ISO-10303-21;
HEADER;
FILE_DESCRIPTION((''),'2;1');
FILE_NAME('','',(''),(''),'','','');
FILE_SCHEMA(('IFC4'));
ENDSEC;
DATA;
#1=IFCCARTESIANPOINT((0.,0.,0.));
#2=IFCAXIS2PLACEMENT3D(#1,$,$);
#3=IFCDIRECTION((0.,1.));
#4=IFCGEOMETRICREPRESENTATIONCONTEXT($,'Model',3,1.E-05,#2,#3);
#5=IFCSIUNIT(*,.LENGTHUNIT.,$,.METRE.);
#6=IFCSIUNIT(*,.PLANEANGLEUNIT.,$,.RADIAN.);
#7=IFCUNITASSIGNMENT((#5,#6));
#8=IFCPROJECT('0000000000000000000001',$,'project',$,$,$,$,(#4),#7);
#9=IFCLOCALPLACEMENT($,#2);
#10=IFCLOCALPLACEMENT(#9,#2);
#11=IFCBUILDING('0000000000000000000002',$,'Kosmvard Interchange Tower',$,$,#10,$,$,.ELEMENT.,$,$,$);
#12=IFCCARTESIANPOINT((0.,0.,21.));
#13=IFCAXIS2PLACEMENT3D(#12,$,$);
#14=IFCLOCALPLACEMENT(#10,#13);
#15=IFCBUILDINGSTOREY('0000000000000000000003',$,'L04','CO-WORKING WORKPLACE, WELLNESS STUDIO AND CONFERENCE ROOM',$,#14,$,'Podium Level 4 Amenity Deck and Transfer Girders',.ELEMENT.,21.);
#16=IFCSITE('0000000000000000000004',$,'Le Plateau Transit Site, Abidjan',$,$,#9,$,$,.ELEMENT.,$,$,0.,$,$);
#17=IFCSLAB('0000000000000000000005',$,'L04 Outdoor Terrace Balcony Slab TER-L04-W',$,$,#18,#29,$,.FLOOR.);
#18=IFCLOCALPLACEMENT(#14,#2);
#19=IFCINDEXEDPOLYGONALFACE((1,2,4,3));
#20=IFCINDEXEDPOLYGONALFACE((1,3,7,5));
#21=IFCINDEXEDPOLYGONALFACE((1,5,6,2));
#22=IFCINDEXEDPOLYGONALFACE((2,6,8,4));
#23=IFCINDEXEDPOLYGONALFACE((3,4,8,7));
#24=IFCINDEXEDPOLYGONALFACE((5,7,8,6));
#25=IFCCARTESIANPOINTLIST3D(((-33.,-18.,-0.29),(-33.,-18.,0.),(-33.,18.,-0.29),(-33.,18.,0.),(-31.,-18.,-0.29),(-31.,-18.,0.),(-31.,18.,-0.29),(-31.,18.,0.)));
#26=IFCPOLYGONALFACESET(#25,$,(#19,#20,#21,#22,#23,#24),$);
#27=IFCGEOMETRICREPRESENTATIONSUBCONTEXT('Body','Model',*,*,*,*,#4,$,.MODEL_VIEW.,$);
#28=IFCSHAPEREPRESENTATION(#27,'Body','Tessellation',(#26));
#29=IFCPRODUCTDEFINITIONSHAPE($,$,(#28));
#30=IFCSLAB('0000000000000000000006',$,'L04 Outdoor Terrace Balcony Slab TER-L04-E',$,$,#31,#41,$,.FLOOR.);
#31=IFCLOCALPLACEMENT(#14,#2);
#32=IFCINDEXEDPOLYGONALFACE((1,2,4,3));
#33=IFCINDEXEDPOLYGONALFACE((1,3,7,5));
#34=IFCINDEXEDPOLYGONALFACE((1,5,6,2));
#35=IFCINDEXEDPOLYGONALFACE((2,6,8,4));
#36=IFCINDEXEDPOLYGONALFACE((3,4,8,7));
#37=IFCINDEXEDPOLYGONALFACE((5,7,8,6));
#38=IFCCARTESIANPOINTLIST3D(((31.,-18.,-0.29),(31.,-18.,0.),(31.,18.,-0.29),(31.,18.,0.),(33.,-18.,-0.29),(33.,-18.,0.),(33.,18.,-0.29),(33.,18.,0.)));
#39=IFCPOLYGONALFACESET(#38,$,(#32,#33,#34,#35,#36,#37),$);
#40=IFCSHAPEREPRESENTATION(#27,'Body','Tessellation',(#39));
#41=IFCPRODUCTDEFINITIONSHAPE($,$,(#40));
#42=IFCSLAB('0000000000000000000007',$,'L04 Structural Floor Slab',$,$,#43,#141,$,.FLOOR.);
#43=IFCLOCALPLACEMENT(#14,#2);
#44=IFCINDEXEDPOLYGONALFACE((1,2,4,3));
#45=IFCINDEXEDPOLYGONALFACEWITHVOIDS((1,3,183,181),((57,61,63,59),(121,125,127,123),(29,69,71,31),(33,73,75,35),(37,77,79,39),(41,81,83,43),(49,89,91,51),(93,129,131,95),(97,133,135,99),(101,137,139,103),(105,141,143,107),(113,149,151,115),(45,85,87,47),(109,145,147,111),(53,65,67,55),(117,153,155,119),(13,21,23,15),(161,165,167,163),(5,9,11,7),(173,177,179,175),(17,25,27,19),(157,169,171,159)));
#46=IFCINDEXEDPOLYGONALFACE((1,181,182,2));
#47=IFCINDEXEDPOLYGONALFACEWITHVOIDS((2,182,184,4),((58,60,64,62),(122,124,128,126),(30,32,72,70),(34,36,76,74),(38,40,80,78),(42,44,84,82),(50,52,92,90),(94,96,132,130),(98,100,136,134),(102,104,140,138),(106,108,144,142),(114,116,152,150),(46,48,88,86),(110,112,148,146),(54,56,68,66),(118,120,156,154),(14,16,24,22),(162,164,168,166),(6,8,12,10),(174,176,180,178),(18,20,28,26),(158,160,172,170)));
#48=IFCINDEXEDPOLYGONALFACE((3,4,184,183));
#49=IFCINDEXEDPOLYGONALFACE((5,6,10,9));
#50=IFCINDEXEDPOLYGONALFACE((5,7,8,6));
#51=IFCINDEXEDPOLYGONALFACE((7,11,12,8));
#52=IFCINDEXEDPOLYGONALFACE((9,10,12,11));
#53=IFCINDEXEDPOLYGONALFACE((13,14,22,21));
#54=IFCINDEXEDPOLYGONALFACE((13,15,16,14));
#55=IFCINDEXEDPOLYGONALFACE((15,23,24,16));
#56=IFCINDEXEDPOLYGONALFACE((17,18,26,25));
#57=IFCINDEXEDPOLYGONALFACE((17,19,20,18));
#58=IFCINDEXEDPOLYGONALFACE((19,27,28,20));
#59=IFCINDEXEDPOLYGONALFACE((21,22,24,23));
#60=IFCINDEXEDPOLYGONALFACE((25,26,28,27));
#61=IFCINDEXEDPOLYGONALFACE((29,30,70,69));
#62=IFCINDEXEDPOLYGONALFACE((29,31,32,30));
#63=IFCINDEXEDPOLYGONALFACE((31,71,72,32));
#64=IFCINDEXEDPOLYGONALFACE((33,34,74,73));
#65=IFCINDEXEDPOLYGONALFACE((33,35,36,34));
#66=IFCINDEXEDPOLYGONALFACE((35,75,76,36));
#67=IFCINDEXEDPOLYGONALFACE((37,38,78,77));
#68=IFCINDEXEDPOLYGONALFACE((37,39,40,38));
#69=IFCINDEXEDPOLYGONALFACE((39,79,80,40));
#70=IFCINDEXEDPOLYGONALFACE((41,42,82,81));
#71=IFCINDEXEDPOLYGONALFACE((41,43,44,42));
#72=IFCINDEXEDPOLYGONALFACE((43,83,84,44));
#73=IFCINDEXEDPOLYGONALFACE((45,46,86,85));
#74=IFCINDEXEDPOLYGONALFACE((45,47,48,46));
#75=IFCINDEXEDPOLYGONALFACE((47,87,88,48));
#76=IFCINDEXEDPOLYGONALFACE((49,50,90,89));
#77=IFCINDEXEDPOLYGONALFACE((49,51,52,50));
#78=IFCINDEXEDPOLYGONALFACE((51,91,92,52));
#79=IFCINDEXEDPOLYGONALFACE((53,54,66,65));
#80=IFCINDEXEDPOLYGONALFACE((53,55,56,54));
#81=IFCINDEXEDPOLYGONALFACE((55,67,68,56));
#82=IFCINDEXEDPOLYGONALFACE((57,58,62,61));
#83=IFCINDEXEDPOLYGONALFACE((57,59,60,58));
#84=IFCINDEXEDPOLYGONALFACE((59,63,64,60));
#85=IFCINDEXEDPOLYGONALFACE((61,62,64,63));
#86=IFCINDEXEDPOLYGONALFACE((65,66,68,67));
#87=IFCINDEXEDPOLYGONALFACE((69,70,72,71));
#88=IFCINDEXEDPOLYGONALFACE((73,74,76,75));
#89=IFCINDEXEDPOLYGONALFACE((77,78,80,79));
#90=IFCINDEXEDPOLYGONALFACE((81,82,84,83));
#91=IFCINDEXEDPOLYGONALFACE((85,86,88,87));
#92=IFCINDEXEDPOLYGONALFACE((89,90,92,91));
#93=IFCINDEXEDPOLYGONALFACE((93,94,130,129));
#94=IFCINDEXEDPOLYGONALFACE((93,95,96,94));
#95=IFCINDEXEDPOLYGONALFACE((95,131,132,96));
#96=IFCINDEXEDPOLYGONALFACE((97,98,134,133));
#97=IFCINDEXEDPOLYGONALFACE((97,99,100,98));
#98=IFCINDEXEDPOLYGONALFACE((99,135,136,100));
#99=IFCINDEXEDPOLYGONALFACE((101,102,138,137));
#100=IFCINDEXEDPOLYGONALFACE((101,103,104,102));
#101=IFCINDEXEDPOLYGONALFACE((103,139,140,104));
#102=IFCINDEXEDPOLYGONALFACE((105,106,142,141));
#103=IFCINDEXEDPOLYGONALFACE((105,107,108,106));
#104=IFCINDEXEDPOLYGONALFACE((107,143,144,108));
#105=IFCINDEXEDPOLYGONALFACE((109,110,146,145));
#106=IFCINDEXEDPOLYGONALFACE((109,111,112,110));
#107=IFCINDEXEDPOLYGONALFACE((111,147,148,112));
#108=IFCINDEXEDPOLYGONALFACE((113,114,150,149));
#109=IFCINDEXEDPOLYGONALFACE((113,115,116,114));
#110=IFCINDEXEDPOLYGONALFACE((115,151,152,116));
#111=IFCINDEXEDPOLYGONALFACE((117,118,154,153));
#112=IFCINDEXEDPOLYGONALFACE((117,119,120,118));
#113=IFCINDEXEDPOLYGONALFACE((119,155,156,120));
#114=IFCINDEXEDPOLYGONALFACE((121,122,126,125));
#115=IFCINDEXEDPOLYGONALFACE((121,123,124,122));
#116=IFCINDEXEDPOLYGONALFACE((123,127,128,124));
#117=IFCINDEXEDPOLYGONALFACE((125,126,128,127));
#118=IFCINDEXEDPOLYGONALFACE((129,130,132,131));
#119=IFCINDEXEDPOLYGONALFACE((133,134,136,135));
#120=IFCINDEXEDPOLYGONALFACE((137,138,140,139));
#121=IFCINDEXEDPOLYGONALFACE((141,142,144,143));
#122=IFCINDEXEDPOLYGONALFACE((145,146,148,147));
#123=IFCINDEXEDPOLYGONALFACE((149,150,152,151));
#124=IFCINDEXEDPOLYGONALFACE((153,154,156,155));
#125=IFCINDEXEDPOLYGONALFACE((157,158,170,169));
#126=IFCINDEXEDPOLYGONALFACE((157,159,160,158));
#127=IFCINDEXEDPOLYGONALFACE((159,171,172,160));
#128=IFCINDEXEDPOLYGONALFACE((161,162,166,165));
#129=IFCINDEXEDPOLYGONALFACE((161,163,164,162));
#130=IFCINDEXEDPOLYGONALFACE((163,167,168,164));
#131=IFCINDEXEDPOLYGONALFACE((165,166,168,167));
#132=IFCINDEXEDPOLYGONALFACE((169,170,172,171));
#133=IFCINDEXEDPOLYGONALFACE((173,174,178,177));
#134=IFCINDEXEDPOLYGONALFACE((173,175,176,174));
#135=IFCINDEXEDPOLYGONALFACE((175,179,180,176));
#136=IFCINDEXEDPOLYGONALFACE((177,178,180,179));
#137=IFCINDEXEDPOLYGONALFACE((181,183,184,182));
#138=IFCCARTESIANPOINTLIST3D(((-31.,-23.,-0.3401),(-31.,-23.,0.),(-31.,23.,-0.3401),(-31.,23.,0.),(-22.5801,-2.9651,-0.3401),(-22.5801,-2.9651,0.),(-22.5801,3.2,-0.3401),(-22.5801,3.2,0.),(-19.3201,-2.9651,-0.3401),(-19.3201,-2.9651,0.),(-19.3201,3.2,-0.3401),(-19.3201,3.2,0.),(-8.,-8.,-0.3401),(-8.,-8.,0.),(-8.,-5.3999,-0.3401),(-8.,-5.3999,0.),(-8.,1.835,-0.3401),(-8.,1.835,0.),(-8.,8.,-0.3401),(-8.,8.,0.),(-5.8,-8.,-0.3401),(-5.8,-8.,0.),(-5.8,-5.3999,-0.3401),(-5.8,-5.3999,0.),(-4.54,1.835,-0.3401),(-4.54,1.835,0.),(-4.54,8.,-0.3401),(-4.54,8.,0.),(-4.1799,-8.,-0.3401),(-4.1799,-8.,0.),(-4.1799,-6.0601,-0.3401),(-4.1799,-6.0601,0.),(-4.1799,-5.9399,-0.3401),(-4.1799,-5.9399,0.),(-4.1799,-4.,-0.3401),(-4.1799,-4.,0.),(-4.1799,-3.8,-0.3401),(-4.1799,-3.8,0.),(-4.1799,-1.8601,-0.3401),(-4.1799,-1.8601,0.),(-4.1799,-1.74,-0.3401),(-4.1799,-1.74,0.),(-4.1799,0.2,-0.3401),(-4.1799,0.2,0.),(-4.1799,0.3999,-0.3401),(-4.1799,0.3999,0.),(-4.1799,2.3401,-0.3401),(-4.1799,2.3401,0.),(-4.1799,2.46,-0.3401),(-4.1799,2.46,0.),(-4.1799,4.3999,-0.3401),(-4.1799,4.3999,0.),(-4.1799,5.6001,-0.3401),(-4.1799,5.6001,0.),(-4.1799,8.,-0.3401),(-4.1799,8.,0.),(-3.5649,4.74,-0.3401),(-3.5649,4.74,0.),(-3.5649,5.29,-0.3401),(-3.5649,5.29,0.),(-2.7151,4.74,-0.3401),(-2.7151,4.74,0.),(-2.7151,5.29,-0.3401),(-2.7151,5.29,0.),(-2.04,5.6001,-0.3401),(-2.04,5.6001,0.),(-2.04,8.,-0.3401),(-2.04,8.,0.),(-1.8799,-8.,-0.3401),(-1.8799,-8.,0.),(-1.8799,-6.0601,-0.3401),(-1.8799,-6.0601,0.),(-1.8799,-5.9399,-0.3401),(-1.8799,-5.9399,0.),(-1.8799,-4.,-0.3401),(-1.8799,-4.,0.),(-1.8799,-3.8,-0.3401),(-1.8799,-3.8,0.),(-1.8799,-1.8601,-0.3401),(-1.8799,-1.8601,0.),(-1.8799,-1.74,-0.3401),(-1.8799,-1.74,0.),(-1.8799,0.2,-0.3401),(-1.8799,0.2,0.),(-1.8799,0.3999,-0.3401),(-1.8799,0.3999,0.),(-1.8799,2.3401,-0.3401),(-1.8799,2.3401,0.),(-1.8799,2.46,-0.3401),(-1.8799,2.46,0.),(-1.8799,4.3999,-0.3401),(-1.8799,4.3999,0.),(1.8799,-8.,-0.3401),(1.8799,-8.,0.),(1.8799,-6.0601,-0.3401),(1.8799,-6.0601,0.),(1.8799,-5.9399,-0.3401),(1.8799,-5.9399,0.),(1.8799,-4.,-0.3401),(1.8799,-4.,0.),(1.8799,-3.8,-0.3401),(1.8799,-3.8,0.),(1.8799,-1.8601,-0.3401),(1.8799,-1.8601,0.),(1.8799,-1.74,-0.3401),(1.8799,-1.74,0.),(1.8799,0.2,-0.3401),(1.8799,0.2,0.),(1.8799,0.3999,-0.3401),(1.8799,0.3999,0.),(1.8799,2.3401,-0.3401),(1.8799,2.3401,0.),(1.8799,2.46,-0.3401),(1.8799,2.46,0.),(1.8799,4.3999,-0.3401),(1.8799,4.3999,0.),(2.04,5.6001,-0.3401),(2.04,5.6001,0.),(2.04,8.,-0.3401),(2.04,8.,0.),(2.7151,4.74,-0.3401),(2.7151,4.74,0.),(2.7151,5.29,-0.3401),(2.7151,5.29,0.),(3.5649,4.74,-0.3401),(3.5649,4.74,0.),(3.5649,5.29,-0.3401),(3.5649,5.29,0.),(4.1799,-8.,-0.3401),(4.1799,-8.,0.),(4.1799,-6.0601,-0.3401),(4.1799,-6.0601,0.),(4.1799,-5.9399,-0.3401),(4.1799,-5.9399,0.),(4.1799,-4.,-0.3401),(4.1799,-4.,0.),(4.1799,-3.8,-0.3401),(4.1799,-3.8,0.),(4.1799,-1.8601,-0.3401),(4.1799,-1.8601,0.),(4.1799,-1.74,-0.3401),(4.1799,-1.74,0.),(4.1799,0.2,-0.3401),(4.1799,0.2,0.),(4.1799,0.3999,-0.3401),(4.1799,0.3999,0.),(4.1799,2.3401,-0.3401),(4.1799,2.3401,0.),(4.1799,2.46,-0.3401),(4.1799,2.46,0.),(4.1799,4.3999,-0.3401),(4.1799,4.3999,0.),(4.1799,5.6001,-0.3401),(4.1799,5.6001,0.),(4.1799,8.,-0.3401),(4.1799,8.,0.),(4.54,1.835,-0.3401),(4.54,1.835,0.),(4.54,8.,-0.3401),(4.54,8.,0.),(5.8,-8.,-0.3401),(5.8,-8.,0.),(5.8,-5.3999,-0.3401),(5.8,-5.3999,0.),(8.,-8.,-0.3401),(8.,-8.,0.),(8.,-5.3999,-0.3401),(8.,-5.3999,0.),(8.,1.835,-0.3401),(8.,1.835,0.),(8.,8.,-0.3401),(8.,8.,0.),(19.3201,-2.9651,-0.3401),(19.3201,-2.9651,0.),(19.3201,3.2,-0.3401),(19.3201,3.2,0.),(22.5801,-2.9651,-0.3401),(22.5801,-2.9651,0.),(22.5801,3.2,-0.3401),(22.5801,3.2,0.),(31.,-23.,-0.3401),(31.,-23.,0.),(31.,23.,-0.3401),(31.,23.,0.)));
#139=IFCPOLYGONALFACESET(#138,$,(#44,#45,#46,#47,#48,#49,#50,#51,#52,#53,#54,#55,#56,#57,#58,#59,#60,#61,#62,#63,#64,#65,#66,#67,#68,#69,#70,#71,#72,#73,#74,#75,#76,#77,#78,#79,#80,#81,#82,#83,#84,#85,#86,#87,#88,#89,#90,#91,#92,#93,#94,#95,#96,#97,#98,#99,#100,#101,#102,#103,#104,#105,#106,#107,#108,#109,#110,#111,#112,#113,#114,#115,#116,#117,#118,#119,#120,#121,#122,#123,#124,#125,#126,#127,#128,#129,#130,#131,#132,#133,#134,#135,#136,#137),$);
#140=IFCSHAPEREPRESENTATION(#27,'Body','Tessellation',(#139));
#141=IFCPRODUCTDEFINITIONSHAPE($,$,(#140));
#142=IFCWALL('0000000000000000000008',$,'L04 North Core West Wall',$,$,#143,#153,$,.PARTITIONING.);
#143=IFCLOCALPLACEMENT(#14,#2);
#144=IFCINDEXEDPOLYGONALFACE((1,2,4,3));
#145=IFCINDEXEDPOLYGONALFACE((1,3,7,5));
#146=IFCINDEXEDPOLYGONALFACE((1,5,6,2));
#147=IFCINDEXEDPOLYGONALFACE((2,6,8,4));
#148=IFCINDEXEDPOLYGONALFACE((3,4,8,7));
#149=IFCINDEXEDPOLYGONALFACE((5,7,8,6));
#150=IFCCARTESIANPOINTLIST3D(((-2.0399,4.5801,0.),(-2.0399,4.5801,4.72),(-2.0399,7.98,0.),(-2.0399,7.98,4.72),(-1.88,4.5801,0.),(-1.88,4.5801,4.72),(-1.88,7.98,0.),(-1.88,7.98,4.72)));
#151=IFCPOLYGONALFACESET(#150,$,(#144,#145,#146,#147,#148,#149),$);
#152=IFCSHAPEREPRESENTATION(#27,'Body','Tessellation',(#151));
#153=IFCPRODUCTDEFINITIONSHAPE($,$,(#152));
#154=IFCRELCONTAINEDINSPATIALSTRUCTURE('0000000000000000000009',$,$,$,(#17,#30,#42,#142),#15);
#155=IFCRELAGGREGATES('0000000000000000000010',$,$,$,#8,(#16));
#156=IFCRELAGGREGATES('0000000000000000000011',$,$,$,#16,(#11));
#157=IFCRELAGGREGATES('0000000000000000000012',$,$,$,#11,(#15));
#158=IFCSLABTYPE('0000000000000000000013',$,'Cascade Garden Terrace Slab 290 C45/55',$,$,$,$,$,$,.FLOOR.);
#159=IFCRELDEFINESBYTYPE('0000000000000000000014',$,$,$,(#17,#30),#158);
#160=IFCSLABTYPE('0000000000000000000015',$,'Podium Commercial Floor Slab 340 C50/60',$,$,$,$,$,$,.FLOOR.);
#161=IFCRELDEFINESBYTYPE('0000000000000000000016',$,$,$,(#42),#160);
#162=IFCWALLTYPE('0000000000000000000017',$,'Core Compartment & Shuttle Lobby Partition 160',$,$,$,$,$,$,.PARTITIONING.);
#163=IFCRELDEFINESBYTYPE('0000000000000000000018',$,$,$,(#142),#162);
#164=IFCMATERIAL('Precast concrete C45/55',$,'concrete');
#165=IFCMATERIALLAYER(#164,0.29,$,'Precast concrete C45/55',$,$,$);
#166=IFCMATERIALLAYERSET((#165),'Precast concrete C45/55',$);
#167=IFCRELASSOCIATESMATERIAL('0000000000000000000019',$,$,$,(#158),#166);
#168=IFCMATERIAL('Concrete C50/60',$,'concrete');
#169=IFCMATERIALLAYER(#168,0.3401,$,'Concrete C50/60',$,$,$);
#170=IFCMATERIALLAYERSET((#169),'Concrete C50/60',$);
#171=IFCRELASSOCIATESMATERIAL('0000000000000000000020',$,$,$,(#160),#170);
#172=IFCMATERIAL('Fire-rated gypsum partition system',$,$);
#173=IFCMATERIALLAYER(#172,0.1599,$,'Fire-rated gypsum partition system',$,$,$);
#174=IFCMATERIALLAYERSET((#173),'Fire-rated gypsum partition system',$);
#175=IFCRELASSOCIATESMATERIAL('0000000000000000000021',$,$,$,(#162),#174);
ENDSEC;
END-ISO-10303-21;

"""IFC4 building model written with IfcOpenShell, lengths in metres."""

from ifc_helpers import new_model, si_unit, direction, frame, frame_2d, origin, place, context, subcontext, project, spatial, polyline, rectangle, outline, extrude, material, layer, layer_set, type_object, element, save


model = new_model("IFC4")

# Units and contexts
model_context = context("Model", 3, precision=1e-05, world=origin(), true_north=direction((0.0, 1.0)))
body_context = subcontext(model_context, "Body", "Model", "MODEL_VIEW")
ifc_project = project(units=[si_unit("LENGTHUNIT", "METRE"), si_unit("PLANEANGLEUNIT", "RADIAN")], contexts=[model_context])

# Site, building, storey
site_placement = place(None, origin())
site = spatial("IfcSite", under=ifc_project, at=site_placement, Name="Le Plateau Transit Site, Abidjan", CompositionType="ELEMENT", RefElevation=0.0)
building_placement = place(site_placement, origin())
building = spatial("IfcBuilding", under=site, at=building_placement, Name="Kosmvard Interchange Tower", CompositionType="ELEMENT")
storey_placement = place(building_placement, frame((0.0, 0.0, 21.0)))
storey = spatial("IfcBuildingStorey", under=building, at=storey_placement, Name="L04", Description="CO-WORKING WORKPLACE, WELLNESS STUDIO AND CONFERENCE ROOM", LongName="Podium Level 4 Amenity Deck and Transfer Girders", CompositionType="ELEMENT", Elevation=21.0)

# Slabs
ifc_material_1 = material(Name="Precast concrete C45/55", Category="concrete")
ifc_layer_1 = layer(ifc_material_1, 0.29, Name="Precast concrete C45/55")
ifc_layer_set_1 = layer_set([ifc_layer_1], Name="Precast concrete C45/55")
slab_type_1 = type_object("IfcSlabType", Name="Cascade Garden Terrace Slab 290 C45/55", PredefinedType="FLOOR", material=ifc_layer_set_1)
slab_1_placement = place(storey_placement, frame((0.0, 0.0, -0.29)))
element("IfcSlab", 1, at=slab_1_placement, inside=storey, type_object=slab_type_1, Name="L04 Outdoor Terrace Balcony Slab TER-L04-W", PredefinedType="FLOOR", context=body_context, shape_type="SweptSolid", body=[
    extrude(outline(polyline([(-33.0, -18.0), (-31.0, -18.0), (-31.0, 18.0), (-33.0, 18.0), (-33.0, -18.0)])), origin(), (0.0, 0.0, 1.0), 0.29),
])
slab_2_placement = place(storey_placement, frame((0.0, 0.0, -0.29)))
element("IfcSlab", 2, at=slab_2_placement, inside=storey, type_object=slab_type_1, Name="L04 Outdoor Terrace Balcony Slab TER-L04-E", PredefinedType="FLOOR", context=body_context, shape_type="SweptSolid", body=[
    extrude(outline(polyline([(31.0, -18.0), (33.0, -18.0), (33.0, 18.0), (31.0, 18.0), (31.0, -18.0)])), origin(), (0.0, 0.0, 1.0), 0.29),
])
ifc_material_2 = material(Name="Concrete C50/60", Category="concrete")
ifc_layer_2 = layer(ifc_material_2, 0.3401, Name="Concrete C50/60")
ifc_layer_set_2 = layer_set([ifc_layer_2], Name="Concrete C50/60")
slab_type_2 = type_object("IfcSlabType", Name="Podium Commercial Floor Slab 340 C50/60", PredefinedType="FLOOR", material=ifc_layer_set_2)
slab_3_placement = place(storey_placement, frame((0.0, 0.0, -0.3401)))
element("IfcSlab", 3, at=slab_3_placement, inside=storey, type_object=slab_type_2, Name="L04 Structural Floor Slab", PredefinedType="FLOOR", context=body_context, shape_type="SweptSolid", body=[
    extrude(outline(polyline([(-31.0, -23.0), (31.0, -23.0), (31.0, 23.0), (-31.0, 23.0), (-31.0, -23.0)]), holes=[polyline([(-8.0, 1.835), (-4.54, 1.835), (-4.54, 8.0), (-8.0, 8.0), (-8.0, 1.835)]), polyline([(4.54, 1.835), (8.0, 1.835), (8.0, 8.0), (4.54, 8.0), (4.54, 1.835)]), polyline([(-22.5801, -2.9651), (-19.3201, -2.9651), (-19.3201, 3.2), (-22.5801, 3.2), (-22.5801, -2.9651)]), polyline([(19.3201, -2.9651), (22.5801, -2.9651), (22.5801, 3.2), (19.3201, 3.2), (19.3201, -2.9651)]), polyline([(-8.0, -8.0), (-5.8, -8.0), (-5.8, -5.3999), (-8.0, -5.3999), (-8.0, -8.0)]), polyline([(5.8, -8.0), (8.0, -8.0), (8.0, -5.3999), (5.8, -5.3999), (5.8, -8.0)]), polyline([(-4.1799, -8.0), (-1.8799, -8.0), (-1.8799, -6.0601), (-4.1799, -6.0601), (-4.1799, -8.0)]), polyline([(-4.1799, -5.9399), (-1.8799, -5.9399), (-1.8799, -4.0), (-4.1799, -4.0), (-4.1799, -5.9399)]), polyline([(1.8799, -8.0), (4.1799, -8.0), (4.1799, -6.0601), (1.8799, -6.0601), (1.8799, -8.0)]), polyline([(1.8799, -5.9399), (4.1799, -5.9399), (4.1799, -4.0), (1.8799, -4.0), (1.8799, -5.9399)]), polyline([(-4.1799, -3.8), (-1.8799, -3.8), (-1.8799, -1.8601), (-4.1799, -1.8601), (-4.1799, -3.8)]), polyline([(-4.1799, -1.74), (-1.8799, -1.74), (-1.8799, 0.2), (-4.1799, 0.2), (-4.1799, -1.74)]), polyline([(1.8799, -3.8), (4.1799, -3.8), (4.1799, -1.8601), (1.8799, -1.8601), (1.8799, -3.8)]), polyline([(1.8799, -1.74), (4.1799, -1.74), (4.1799, 0.2), (1.8799, 0.2), (1.8799, -1.74)]), polyline([(-4.1799, 0.3999), (-1.8799, 0.3999), (-1.8799, 2.3401), (-4.1799, 2.3401), (-4.1799, 0.3999)]), polyline([(-4.1799, 2.46), (-1.8799, 2.46), (-1.8799, 4.3999), (-4.1799, 4.3999), (-4.1799, 2.46)]), polyline([(1.8799, 0.3999), (4.1799, 0.3999), (4.1799, 2.3401), (1.8799, 2.3401), (1.8799, 0.3999)]), polyline([(1.8799, 2.46), (4.1799, 2.46), (4.1799, 4.3999), (1.8799, 4.3999), (1.8799, 2.46)]), polyline([(-4.1799, 5.6001), (-2.04, 5.6001), (-2.04, 8.0), (-4.1799, 8.0), (-4.1799, 5.6001)]), polyline([(2.04, 5.6001), (4.1799, 5.6001), (4.1799, 8.0), (2.04, 8.0), (2.04, 5.6001)]), polyline([(-3.5649, 4.74), (-2.7151, 4.74), (-2.7151, 5.29), (-3.5649, 5.29), (-3.5649, 4.74)]), polyline([(2.7151, 4.74), (3.5649, 4.74), (3.5649, 5.29), (2.7151, 5.29), (2.7151, 4.74)])]), origin(), (0.0, 0.0, 1.0), 0.3401),
])

# Wall
ifc_material_3 = material(Name="Fire-rated gypsum partition system")
ifc_layer_3 = layer(ifc_material_3, 0.1599, Name="Fire-rated gypsum partition system")
ifc_layer_set_3 = layer_set([ifc_layer_3], Name="Fire-rated gypsum partition system")
wall_type_1 = type_object("IfcWallType", Name="Core Compartment & Shuttle Lobby Partition 160", PredefinedType="PARTITIONING", material=ifc_layer_set_3)
wall_1_placement = place(storey_placement, frame((-1.96, 4.5801, 0.0), z_axis=(0.0, 0.0, 1.0), x_axis=(0.0, 1.0, 0.0)))
element("IfcWall", 4, at=wall_1_placement, inside=storey, type_object=wall_type_1, Name="L04 North Core West Wall", PredefinedType="PARTITIONING", context=body_context, shape_type="SweptSolid", body=[
    extrude(rectangle(XDim=3.3999, YDim=0.1599, at=frame_2d((1.7, 0.0))), origin(), (0.0, 0.0, 1.0), 4.72),
])

save(model, "model.ifc")
